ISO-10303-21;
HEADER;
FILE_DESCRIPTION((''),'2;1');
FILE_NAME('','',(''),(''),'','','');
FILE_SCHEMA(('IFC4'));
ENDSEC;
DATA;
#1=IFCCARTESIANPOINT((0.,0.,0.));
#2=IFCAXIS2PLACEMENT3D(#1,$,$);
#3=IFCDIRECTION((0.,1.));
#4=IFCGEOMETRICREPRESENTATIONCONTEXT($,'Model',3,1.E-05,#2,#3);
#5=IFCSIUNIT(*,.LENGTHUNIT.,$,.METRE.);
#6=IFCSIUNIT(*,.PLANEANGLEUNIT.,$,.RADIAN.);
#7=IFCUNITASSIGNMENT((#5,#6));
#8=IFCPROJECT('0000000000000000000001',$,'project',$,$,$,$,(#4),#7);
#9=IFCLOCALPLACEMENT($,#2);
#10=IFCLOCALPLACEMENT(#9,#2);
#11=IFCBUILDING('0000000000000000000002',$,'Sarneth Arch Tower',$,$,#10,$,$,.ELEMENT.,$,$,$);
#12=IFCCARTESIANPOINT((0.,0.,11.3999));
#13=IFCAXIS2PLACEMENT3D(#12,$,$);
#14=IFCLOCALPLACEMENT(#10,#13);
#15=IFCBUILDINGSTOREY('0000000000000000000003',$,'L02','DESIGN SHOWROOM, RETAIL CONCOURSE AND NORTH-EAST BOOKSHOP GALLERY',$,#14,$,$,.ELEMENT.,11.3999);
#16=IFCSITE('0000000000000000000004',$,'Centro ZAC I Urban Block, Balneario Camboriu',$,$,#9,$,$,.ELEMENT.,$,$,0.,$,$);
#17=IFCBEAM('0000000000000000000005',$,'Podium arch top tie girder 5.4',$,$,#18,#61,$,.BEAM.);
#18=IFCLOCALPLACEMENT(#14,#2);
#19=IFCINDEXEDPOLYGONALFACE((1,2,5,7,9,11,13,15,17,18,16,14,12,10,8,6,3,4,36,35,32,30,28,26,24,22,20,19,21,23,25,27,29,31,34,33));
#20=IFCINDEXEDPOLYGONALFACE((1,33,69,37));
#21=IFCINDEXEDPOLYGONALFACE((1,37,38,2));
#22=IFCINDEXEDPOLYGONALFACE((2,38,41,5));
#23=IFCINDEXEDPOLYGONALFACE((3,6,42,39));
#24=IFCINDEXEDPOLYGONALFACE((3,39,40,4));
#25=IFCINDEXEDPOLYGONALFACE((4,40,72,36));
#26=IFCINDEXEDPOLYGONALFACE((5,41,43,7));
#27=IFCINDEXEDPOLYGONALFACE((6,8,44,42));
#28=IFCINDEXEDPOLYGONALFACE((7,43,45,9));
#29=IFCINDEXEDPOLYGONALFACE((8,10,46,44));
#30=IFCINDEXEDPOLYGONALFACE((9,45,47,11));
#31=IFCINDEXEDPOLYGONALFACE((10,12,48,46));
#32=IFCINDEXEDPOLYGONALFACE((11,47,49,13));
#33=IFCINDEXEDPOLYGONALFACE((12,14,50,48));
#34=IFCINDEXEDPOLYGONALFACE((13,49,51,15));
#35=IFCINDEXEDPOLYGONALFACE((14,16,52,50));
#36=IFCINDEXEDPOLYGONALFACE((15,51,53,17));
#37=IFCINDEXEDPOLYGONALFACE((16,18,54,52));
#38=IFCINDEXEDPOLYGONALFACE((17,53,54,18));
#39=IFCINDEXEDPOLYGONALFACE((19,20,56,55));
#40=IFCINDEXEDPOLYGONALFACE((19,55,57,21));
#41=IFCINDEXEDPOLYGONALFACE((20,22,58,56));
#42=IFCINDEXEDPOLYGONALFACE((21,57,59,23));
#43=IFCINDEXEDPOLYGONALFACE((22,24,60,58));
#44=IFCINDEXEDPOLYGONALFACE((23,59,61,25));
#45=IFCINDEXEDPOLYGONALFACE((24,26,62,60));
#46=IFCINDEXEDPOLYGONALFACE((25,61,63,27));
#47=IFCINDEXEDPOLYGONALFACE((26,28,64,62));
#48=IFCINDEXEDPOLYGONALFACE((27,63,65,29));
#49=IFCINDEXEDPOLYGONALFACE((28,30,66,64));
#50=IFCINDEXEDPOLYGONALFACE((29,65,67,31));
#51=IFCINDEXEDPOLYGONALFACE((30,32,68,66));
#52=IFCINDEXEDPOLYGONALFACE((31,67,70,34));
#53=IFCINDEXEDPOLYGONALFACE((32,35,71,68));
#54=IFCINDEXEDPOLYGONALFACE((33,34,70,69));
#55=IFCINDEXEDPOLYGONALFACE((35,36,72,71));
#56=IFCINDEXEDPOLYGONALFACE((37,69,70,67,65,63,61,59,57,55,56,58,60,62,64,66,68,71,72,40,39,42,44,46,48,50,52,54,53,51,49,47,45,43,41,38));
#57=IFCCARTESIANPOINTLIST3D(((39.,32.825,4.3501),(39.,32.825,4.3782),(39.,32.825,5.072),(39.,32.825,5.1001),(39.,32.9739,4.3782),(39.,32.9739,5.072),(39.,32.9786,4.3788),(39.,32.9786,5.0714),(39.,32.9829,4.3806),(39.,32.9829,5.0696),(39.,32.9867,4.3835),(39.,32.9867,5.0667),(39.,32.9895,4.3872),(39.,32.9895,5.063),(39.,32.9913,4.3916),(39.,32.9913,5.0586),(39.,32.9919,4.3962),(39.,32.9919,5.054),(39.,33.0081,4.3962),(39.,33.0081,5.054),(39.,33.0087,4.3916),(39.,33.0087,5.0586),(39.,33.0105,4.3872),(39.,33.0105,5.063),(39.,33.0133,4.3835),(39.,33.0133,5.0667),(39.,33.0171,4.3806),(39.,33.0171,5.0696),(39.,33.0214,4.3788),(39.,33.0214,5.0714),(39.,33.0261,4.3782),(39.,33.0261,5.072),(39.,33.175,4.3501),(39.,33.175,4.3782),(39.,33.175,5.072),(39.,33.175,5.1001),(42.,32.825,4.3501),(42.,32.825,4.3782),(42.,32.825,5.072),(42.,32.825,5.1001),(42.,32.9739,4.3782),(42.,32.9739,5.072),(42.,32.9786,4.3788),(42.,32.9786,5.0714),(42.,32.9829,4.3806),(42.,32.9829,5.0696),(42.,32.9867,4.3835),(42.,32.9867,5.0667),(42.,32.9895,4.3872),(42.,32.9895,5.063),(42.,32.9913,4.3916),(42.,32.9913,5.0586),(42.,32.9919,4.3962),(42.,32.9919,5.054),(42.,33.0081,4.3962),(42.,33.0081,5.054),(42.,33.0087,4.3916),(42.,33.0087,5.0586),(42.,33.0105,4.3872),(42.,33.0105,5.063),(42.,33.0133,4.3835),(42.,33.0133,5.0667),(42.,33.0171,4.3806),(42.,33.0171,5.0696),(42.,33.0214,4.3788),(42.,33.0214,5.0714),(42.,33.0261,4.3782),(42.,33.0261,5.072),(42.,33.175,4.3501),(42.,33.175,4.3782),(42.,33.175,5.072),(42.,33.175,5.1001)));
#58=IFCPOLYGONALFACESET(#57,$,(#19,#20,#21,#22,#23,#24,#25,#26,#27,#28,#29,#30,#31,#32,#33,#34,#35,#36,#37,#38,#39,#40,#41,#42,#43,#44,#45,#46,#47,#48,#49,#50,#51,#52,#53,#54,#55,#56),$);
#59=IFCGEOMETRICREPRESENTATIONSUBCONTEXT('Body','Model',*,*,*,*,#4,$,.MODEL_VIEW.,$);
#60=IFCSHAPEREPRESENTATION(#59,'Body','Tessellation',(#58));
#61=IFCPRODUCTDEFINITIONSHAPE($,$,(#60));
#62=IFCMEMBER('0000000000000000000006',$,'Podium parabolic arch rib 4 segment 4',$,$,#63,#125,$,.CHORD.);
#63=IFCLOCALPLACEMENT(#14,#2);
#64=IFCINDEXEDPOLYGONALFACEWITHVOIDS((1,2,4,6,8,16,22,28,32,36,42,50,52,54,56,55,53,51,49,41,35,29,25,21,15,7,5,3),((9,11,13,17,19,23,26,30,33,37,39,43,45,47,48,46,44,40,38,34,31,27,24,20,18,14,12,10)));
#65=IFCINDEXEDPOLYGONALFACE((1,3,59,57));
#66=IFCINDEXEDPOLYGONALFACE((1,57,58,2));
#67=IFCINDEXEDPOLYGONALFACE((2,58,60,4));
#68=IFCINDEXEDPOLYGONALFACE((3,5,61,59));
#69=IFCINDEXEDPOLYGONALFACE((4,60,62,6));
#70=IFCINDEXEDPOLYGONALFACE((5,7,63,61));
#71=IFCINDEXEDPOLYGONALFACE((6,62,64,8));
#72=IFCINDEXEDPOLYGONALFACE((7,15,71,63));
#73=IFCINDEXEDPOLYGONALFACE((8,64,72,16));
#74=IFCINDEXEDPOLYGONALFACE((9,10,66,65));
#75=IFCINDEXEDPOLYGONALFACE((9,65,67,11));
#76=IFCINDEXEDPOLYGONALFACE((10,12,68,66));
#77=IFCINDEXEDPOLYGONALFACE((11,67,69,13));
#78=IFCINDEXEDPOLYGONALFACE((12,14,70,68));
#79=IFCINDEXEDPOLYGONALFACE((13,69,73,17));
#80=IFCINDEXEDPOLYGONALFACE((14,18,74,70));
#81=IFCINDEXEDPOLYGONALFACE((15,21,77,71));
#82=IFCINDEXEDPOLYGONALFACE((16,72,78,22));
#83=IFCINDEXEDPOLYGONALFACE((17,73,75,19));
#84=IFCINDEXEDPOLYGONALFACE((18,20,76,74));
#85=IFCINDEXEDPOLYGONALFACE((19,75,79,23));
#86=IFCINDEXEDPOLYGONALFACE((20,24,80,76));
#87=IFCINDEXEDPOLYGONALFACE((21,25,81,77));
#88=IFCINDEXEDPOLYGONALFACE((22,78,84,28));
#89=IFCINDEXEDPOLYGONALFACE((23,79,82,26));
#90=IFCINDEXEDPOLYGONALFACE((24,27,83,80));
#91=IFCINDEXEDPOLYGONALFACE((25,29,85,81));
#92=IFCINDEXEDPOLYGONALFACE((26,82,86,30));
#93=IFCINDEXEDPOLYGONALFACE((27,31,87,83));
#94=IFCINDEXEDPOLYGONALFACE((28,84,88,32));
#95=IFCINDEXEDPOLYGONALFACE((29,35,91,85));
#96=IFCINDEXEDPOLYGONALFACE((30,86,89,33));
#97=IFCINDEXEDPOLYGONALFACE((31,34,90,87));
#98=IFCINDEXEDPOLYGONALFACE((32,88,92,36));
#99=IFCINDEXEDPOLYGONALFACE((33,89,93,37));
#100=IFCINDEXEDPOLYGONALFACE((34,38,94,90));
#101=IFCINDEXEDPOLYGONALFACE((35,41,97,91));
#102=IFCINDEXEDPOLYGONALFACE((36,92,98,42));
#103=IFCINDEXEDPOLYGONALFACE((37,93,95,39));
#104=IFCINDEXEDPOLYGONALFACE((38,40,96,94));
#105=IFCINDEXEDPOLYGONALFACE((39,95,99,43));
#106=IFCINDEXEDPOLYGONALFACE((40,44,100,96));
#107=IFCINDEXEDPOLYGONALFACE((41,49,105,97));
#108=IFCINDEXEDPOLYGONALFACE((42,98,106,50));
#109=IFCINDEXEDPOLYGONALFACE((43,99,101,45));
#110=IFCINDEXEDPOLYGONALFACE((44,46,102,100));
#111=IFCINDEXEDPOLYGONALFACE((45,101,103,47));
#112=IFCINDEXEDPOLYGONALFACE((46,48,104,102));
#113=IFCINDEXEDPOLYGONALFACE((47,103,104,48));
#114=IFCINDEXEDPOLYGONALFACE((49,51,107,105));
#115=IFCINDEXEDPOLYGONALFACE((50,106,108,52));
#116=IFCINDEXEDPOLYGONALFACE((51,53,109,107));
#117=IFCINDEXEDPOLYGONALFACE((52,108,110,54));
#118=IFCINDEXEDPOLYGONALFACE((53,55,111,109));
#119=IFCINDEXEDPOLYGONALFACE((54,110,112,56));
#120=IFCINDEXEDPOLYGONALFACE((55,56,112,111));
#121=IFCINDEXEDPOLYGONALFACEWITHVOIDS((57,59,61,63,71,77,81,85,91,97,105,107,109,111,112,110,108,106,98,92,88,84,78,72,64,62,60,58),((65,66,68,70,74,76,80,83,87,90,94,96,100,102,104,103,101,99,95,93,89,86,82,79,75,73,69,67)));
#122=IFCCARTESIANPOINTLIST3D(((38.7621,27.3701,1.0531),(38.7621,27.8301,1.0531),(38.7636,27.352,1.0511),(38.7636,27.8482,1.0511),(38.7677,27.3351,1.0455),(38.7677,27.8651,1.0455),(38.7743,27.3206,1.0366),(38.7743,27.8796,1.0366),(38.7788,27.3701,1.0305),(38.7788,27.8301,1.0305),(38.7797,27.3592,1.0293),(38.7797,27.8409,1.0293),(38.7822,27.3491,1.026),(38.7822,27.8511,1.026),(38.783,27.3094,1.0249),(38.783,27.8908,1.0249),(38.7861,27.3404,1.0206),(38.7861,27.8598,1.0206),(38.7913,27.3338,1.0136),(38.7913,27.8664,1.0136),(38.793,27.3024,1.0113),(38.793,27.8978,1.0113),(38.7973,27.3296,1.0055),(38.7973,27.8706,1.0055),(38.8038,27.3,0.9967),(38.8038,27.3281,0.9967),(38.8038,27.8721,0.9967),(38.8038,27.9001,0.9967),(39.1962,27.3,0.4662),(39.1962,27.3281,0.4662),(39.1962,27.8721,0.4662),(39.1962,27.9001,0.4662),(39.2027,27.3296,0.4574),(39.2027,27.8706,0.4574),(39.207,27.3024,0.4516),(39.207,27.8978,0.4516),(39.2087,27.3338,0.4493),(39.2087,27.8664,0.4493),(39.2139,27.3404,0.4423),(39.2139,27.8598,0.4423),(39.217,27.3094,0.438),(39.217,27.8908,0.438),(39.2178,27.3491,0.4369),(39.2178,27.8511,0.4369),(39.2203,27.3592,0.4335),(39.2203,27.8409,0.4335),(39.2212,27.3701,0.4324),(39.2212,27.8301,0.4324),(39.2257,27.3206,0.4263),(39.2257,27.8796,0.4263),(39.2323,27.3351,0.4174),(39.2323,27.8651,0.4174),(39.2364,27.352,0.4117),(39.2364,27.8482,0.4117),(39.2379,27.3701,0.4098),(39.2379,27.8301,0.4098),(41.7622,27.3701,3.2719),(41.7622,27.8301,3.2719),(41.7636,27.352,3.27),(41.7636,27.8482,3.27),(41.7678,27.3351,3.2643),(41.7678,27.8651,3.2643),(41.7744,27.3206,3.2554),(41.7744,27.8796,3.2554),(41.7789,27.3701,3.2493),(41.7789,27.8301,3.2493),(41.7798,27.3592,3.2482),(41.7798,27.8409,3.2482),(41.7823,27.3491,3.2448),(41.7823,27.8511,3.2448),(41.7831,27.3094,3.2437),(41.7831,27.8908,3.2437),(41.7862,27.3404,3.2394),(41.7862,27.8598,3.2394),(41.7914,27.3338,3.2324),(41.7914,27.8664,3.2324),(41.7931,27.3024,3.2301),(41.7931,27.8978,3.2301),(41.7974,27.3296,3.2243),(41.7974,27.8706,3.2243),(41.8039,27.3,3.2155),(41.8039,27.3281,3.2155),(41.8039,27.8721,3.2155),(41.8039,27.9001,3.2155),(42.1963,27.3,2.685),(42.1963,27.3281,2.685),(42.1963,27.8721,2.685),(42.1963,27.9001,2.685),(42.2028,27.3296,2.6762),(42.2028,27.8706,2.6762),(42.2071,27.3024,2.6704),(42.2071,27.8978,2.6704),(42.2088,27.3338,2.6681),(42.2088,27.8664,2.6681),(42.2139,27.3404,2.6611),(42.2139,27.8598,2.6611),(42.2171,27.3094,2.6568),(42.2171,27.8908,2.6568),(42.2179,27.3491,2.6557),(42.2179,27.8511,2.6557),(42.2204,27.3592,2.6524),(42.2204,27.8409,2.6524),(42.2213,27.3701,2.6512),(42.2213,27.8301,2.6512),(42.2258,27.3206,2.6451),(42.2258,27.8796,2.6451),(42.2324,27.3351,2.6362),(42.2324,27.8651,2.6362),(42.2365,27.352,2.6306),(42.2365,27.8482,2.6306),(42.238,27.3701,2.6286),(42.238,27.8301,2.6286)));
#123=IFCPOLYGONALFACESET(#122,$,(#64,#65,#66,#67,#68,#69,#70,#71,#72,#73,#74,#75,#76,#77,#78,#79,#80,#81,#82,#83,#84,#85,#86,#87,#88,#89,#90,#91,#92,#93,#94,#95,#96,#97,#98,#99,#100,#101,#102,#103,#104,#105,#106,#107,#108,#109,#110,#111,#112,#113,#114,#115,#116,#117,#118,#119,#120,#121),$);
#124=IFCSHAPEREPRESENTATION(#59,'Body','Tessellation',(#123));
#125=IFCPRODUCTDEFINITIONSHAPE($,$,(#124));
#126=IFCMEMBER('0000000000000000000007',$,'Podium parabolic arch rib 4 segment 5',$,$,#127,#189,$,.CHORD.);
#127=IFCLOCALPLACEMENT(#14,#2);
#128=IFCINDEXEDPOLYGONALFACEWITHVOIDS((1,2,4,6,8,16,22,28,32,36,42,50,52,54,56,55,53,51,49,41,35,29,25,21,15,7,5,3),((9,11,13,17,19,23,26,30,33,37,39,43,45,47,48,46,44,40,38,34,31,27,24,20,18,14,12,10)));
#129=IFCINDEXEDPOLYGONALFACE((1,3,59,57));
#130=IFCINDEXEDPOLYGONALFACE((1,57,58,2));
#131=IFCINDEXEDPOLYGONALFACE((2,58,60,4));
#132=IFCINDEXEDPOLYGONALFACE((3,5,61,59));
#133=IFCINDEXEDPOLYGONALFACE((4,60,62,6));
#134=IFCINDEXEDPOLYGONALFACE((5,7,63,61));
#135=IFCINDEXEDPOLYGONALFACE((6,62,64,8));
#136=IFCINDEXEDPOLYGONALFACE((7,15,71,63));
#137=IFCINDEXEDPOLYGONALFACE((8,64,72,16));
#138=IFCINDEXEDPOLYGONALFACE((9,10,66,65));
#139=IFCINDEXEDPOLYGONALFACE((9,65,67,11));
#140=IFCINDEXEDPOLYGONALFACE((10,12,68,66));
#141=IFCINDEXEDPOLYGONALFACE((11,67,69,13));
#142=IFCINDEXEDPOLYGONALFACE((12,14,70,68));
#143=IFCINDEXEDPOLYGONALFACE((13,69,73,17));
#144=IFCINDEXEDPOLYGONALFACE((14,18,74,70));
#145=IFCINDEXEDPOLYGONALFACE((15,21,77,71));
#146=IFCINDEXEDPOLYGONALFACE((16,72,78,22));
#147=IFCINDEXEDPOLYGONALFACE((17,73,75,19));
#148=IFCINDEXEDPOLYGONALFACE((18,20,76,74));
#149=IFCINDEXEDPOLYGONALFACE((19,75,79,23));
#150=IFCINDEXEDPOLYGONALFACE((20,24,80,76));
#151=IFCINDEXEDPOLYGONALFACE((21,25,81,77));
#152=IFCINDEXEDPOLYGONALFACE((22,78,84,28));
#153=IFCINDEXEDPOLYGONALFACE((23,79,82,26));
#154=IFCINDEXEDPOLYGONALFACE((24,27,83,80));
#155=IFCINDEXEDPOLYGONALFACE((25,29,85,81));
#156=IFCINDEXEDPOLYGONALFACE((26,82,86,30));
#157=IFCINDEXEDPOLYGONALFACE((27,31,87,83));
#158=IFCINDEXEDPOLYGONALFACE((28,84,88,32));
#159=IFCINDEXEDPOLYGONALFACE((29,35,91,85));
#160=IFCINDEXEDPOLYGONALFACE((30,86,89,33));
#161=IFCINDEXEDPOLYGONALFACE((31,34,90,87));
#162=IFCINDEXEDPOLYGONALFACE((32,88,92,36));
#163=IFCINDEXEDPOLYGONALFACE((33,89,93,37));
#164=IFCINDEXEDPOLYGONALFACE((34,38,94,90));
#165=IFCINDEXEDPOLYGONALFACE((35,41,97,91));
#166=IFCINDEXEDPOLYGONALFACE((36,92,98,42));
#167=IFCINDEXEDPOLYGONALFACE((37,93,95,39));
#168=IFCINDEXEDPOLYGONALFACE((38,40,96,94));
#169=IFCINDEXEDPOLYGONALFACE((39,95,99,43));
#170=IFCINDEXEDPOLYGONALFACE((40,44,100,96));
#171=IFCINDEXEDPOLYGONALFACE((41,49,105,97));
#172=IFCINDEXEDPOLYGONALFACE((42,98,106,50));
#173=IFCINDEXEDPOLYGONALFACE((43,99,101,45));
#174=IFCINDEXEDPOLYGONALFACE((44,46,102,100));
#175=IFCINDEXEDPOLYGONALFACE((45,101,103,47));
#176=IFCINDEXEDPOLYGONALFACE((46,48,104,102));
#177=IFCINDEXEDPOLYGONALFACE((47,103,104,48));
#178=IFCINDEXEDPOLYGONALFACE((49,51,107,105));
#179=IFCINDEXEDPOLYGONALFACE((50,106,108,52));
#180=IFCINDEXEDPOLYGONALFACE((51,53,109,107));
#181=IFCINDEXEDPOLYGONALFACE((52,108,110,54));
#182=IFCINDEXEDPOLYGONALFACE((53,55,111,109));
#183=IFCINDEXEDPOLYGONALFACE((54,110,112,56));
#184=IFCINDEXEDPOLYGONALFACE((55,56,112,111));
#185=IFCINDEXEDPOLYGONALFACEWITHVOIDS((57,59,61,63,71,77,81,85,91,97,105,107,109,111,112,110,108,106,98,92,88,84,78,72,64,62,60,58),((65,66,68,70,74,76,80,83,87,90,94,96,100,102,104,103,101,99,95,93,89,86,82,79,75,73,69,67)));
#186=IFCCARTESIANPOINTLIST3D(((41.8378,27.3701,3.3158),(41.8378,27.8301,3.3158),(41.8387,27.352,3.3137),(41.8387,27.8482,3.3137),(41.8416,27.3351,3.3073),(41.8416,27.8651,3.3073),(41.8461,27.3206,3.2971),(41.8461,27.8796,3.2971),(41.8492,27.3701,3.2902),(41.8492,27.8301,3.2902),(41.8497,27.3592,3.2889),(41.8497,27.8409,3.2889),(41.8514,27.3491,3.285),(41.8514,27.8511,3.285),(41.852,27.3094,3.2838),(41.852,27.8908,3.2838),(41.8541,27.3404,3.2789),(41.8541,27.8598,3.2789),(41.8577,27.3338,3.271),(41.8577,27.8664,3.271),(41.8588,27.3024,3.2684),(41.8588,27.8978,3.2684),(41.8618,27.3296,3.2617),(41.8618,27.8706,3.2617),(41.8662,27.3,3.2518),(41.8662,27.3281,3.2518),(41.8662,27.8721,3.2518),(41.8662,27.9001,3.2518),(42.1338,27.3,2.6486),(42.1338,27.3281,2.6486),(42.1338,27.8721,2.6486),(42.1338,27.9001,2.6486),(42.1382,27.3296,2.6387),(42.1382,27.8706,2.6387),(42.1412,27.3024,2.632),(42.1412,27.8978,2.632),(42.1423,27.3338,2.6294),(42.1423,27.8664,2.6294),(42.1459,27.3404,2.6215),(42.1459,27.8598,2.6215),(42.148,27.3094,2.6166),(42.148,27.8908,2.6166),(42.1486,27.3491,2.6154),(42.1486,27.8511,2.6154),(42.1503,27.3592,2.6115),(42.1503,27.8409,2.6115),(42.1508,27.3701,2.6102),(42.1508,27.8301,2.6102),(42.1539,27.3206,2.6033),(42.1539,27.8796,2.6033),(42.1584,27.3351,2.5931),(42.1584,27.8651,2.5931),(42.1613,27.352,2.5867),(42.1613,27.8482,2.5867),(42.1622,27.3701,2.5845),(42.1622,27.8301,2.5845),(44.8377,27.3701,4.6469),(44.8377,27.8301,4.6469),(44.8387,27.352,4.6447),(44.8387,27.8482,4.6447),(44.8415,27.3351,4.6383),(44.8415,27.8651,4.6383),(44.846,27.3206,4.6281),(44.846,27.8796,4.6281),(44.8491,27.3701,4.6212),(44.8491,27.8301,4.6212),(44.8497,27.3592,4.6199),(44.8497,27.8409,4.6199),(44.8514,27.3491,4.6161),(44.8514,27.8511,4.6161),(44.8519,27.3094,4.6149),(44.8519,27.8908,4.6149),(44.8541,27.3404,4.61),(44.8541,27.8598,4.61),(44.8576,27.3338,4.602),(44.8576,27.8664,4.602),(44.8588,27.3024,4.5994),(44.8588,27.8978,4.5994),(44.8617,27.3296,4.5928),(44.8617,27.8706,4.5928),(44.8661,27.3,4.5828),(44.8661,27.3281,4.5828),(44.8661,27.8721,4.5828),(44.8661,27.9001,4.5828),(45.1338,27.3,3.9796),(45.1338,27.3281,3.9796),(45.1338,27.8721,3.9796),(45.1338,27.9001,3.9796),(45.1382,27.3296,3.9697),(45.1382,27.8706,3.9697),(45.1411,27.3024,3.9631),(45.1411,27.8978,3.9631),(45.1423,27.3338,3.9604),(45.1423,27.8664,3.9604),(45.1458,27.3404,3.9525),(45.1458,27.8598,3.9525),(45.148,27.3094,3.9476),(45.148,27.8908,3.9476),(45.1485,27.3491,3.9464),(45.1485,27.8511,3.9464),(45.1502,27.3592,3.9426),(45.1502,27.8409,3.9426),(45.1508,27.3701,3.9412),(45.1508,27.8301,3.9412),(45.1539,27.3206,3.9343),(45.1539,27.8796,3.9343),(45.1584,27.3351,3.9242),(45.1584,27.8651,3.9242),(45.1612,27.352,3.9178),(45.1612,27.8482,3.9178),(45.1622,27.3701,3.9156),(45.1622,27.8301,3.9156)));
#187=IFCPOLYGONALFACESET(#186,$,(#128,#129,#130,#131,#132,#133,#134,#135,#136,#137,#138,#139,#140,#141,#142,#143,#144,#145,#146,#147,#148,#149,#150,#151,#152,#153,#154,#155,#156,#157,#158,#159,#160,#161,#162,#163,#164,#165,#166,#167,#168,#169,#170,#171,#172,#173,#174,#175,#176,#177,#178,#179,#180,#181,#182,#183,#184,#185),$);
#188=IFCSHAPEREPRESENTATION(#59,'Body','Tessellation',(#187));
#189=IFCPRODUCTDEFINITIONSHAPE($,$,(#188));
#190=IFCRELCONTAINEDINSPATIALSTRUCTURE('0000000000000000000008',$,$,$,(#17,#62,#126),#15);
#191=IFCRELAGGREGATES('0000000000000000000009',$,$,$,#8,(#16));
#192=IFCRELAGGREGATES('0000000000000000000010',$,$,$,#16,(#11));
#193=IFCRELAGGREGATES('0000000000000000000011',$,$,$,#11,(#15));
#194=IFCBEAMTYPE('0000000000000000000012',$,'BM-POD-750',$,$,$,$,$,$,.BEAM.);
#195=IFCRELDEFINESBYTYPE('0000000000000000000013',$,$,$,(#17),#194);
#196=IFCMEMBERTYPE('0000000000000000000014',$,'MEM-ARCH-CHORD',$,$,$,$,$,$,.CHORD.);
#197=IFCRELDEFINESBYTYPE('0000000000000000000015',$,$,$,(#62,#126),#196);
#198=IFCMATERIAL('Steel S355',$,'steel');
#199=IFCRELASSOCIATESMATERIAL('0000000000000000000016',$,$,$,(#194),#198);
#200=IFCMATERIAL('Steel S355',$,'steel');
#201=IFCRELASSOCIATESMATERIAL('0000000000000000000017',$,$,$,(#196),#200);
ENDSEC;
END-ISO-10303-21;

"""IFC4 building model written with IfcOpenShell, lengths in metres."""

from ifc_helpers import new_model, si_unit, direction, frame, origin, origin_2d, place, context, subcontext, project, spatial, hollow_rectangle, i_section, extrude, material, material_profile, profile_set, type_object, element, save


model = new_model("IFC4")

# Units and contexts
model_context = context("Model", 3, precision=1e-05, world=origin(), true_north=direction((0.0, 1.0)))
body_context = subcontext(model_context, "Body", "Model", "MODEL_VIEW")
ifc_project = project(units=[si_unit("LENGTHUNIT", "METRE"), si_unit("PLANEANGLEUNIT", "RADIAN")], contexts=[model_context])

# Site, building, storey
site_placement = place(None, origin())
site = spatial("IfcSite", under=ifc_project, at=site_placement, Name="Centro ZAC I Urban Block, Balneario Camboriu", CompositionType="ELEMENT", RefElevation=0.0)
building_placement = place(site_placement, origin())
building = spatial("IfcBuilding", under=site, at=building_placement, Name="Sarneth Arch Tower", CompositionType="ELEMENT")
storey_placement = place(building_placement, frame((0.0, 0.0, 11.3999)))
storey = spatial("IfcBuildingStorey", under=building, at=storey_placement, Name="L02", Description="DESIGN SHOWROOM, RETAIL CONCOURSE AND NORTH-EAST BOOKSHOP GALLERY", CompositionType="ELEMENT", Elevation=11.3999)

# Beam
ifc_material_1 = material(Name="Steel S355", Category="steel")
ifc_material_profile_1 = material_profile(ifc_material_1, i_section(OverallWidth=0.3501, OverallDepth=0.75, WebThickness=0.0161, FlangeThickness=0.0281, FilletRadius=0.0181, at=origin_2d()), Name="CVS750x268")
ifc_profile_set_1 = profile_set([ifc_material_profile_1], Name="Steel S355")
beam_type = type_object("IfcBeamType", Name="BM-POD-750", PredefinedType="BEAM", material=ifc_profile_set_1)
for number, where, z_axis, x_axis, name in (
    (1, (39.0, 33.0, 4.7251), (1.0, 0.0, 0.0), (0.0, 1.0, 0.0), "Podium arch top tie girder 5.4"),
):
    element("IfcBeam", number, at=place(storey_placement, frame(where, z_axis=z_axis, x_axis=x_axis)), inside=storey, type_object=beam_type, Name=name, PredefinedType="BEAM", context=body_context, shape_type="SweptSolid", body=[
        extrude(i_section(OverallWidth=0.3501, OverallDepth=0.75, WebThickness=0.0161, FlangeThickness=0.0281, FilletRadius=0.0181, at=origin_2d()), origin(), (0.0, 0.0, 1.0), 3.0),
    ])

# Members
ifc_material_2 = material(Name="Steel S355", Category="steel")
ifc_material_profile_2 = material_profile(ifc_material_2, hollow_rectangle(XDim=0.6001, YDim=0.8, WallThickness=0.0281, InnerFilletRadius=0.042, OuterFilletRadius=0.0701, at=origin_2d()), Name="RHS800x600x28")
ifc_profile_set_2 = profile_set([ifc_material_profile_2], Name="Steel S355")
member_type_1 = type_object("IfcMemberType", Name="MEM-ARCH-CHORD", PredefinedType="CHORD", material=ifc_profile_set_2)
member_1_placement = place(storey_placement, frame((39.0, 27.6001, 0.7314), z_axis=(0.804002, 0.0, 0.594627), x_axis=(0.0, 1.0, 0.0)))
element("IfcMember", 2, at=member_1_placement, inside=storey, type_object=member_type_1, Name="Podium parabolic arch rib 4 segment 4", PredefinedType="CHORD", context=body_context, shape_type="SweptSolid", body=[
    extrude(hollow_rectangle(XDim=0.6001, YDim=0.8, WallThickness=0.0281, InnerFilletRadius=0.042, OuterFilletRadius=0.0701, at=origin_2d()), origin(), (0.0, 0.0, 1.0), 3.7314),
])
member_2_placement = place(storey_placement, frame((42.0, 27.6001, 2.9502), z_axis=(0.914069, 0.0, 0.405559), x_axis=(0.0, 1.0, 0.0)))
element("IfcMember", 3, at=member_2_placement, inside=storey, type_object=member_type_1, Name="Podium parabolic arch rib 4 segment 5", PredefinedType="CHORD", context=body_context, shape_type="SweptSolid", body=[
    extrude(hollow_rectangle(XDim=0.6001, YDim=0.8, WallThickness=0.0281, InnerFilletRadius=0.042, OuterFilletRadius=0.0701, at=origin_2d()), origin(), (0.0, 0.0, 1.0), 3.282),
])

save(model, "model.ifc")
